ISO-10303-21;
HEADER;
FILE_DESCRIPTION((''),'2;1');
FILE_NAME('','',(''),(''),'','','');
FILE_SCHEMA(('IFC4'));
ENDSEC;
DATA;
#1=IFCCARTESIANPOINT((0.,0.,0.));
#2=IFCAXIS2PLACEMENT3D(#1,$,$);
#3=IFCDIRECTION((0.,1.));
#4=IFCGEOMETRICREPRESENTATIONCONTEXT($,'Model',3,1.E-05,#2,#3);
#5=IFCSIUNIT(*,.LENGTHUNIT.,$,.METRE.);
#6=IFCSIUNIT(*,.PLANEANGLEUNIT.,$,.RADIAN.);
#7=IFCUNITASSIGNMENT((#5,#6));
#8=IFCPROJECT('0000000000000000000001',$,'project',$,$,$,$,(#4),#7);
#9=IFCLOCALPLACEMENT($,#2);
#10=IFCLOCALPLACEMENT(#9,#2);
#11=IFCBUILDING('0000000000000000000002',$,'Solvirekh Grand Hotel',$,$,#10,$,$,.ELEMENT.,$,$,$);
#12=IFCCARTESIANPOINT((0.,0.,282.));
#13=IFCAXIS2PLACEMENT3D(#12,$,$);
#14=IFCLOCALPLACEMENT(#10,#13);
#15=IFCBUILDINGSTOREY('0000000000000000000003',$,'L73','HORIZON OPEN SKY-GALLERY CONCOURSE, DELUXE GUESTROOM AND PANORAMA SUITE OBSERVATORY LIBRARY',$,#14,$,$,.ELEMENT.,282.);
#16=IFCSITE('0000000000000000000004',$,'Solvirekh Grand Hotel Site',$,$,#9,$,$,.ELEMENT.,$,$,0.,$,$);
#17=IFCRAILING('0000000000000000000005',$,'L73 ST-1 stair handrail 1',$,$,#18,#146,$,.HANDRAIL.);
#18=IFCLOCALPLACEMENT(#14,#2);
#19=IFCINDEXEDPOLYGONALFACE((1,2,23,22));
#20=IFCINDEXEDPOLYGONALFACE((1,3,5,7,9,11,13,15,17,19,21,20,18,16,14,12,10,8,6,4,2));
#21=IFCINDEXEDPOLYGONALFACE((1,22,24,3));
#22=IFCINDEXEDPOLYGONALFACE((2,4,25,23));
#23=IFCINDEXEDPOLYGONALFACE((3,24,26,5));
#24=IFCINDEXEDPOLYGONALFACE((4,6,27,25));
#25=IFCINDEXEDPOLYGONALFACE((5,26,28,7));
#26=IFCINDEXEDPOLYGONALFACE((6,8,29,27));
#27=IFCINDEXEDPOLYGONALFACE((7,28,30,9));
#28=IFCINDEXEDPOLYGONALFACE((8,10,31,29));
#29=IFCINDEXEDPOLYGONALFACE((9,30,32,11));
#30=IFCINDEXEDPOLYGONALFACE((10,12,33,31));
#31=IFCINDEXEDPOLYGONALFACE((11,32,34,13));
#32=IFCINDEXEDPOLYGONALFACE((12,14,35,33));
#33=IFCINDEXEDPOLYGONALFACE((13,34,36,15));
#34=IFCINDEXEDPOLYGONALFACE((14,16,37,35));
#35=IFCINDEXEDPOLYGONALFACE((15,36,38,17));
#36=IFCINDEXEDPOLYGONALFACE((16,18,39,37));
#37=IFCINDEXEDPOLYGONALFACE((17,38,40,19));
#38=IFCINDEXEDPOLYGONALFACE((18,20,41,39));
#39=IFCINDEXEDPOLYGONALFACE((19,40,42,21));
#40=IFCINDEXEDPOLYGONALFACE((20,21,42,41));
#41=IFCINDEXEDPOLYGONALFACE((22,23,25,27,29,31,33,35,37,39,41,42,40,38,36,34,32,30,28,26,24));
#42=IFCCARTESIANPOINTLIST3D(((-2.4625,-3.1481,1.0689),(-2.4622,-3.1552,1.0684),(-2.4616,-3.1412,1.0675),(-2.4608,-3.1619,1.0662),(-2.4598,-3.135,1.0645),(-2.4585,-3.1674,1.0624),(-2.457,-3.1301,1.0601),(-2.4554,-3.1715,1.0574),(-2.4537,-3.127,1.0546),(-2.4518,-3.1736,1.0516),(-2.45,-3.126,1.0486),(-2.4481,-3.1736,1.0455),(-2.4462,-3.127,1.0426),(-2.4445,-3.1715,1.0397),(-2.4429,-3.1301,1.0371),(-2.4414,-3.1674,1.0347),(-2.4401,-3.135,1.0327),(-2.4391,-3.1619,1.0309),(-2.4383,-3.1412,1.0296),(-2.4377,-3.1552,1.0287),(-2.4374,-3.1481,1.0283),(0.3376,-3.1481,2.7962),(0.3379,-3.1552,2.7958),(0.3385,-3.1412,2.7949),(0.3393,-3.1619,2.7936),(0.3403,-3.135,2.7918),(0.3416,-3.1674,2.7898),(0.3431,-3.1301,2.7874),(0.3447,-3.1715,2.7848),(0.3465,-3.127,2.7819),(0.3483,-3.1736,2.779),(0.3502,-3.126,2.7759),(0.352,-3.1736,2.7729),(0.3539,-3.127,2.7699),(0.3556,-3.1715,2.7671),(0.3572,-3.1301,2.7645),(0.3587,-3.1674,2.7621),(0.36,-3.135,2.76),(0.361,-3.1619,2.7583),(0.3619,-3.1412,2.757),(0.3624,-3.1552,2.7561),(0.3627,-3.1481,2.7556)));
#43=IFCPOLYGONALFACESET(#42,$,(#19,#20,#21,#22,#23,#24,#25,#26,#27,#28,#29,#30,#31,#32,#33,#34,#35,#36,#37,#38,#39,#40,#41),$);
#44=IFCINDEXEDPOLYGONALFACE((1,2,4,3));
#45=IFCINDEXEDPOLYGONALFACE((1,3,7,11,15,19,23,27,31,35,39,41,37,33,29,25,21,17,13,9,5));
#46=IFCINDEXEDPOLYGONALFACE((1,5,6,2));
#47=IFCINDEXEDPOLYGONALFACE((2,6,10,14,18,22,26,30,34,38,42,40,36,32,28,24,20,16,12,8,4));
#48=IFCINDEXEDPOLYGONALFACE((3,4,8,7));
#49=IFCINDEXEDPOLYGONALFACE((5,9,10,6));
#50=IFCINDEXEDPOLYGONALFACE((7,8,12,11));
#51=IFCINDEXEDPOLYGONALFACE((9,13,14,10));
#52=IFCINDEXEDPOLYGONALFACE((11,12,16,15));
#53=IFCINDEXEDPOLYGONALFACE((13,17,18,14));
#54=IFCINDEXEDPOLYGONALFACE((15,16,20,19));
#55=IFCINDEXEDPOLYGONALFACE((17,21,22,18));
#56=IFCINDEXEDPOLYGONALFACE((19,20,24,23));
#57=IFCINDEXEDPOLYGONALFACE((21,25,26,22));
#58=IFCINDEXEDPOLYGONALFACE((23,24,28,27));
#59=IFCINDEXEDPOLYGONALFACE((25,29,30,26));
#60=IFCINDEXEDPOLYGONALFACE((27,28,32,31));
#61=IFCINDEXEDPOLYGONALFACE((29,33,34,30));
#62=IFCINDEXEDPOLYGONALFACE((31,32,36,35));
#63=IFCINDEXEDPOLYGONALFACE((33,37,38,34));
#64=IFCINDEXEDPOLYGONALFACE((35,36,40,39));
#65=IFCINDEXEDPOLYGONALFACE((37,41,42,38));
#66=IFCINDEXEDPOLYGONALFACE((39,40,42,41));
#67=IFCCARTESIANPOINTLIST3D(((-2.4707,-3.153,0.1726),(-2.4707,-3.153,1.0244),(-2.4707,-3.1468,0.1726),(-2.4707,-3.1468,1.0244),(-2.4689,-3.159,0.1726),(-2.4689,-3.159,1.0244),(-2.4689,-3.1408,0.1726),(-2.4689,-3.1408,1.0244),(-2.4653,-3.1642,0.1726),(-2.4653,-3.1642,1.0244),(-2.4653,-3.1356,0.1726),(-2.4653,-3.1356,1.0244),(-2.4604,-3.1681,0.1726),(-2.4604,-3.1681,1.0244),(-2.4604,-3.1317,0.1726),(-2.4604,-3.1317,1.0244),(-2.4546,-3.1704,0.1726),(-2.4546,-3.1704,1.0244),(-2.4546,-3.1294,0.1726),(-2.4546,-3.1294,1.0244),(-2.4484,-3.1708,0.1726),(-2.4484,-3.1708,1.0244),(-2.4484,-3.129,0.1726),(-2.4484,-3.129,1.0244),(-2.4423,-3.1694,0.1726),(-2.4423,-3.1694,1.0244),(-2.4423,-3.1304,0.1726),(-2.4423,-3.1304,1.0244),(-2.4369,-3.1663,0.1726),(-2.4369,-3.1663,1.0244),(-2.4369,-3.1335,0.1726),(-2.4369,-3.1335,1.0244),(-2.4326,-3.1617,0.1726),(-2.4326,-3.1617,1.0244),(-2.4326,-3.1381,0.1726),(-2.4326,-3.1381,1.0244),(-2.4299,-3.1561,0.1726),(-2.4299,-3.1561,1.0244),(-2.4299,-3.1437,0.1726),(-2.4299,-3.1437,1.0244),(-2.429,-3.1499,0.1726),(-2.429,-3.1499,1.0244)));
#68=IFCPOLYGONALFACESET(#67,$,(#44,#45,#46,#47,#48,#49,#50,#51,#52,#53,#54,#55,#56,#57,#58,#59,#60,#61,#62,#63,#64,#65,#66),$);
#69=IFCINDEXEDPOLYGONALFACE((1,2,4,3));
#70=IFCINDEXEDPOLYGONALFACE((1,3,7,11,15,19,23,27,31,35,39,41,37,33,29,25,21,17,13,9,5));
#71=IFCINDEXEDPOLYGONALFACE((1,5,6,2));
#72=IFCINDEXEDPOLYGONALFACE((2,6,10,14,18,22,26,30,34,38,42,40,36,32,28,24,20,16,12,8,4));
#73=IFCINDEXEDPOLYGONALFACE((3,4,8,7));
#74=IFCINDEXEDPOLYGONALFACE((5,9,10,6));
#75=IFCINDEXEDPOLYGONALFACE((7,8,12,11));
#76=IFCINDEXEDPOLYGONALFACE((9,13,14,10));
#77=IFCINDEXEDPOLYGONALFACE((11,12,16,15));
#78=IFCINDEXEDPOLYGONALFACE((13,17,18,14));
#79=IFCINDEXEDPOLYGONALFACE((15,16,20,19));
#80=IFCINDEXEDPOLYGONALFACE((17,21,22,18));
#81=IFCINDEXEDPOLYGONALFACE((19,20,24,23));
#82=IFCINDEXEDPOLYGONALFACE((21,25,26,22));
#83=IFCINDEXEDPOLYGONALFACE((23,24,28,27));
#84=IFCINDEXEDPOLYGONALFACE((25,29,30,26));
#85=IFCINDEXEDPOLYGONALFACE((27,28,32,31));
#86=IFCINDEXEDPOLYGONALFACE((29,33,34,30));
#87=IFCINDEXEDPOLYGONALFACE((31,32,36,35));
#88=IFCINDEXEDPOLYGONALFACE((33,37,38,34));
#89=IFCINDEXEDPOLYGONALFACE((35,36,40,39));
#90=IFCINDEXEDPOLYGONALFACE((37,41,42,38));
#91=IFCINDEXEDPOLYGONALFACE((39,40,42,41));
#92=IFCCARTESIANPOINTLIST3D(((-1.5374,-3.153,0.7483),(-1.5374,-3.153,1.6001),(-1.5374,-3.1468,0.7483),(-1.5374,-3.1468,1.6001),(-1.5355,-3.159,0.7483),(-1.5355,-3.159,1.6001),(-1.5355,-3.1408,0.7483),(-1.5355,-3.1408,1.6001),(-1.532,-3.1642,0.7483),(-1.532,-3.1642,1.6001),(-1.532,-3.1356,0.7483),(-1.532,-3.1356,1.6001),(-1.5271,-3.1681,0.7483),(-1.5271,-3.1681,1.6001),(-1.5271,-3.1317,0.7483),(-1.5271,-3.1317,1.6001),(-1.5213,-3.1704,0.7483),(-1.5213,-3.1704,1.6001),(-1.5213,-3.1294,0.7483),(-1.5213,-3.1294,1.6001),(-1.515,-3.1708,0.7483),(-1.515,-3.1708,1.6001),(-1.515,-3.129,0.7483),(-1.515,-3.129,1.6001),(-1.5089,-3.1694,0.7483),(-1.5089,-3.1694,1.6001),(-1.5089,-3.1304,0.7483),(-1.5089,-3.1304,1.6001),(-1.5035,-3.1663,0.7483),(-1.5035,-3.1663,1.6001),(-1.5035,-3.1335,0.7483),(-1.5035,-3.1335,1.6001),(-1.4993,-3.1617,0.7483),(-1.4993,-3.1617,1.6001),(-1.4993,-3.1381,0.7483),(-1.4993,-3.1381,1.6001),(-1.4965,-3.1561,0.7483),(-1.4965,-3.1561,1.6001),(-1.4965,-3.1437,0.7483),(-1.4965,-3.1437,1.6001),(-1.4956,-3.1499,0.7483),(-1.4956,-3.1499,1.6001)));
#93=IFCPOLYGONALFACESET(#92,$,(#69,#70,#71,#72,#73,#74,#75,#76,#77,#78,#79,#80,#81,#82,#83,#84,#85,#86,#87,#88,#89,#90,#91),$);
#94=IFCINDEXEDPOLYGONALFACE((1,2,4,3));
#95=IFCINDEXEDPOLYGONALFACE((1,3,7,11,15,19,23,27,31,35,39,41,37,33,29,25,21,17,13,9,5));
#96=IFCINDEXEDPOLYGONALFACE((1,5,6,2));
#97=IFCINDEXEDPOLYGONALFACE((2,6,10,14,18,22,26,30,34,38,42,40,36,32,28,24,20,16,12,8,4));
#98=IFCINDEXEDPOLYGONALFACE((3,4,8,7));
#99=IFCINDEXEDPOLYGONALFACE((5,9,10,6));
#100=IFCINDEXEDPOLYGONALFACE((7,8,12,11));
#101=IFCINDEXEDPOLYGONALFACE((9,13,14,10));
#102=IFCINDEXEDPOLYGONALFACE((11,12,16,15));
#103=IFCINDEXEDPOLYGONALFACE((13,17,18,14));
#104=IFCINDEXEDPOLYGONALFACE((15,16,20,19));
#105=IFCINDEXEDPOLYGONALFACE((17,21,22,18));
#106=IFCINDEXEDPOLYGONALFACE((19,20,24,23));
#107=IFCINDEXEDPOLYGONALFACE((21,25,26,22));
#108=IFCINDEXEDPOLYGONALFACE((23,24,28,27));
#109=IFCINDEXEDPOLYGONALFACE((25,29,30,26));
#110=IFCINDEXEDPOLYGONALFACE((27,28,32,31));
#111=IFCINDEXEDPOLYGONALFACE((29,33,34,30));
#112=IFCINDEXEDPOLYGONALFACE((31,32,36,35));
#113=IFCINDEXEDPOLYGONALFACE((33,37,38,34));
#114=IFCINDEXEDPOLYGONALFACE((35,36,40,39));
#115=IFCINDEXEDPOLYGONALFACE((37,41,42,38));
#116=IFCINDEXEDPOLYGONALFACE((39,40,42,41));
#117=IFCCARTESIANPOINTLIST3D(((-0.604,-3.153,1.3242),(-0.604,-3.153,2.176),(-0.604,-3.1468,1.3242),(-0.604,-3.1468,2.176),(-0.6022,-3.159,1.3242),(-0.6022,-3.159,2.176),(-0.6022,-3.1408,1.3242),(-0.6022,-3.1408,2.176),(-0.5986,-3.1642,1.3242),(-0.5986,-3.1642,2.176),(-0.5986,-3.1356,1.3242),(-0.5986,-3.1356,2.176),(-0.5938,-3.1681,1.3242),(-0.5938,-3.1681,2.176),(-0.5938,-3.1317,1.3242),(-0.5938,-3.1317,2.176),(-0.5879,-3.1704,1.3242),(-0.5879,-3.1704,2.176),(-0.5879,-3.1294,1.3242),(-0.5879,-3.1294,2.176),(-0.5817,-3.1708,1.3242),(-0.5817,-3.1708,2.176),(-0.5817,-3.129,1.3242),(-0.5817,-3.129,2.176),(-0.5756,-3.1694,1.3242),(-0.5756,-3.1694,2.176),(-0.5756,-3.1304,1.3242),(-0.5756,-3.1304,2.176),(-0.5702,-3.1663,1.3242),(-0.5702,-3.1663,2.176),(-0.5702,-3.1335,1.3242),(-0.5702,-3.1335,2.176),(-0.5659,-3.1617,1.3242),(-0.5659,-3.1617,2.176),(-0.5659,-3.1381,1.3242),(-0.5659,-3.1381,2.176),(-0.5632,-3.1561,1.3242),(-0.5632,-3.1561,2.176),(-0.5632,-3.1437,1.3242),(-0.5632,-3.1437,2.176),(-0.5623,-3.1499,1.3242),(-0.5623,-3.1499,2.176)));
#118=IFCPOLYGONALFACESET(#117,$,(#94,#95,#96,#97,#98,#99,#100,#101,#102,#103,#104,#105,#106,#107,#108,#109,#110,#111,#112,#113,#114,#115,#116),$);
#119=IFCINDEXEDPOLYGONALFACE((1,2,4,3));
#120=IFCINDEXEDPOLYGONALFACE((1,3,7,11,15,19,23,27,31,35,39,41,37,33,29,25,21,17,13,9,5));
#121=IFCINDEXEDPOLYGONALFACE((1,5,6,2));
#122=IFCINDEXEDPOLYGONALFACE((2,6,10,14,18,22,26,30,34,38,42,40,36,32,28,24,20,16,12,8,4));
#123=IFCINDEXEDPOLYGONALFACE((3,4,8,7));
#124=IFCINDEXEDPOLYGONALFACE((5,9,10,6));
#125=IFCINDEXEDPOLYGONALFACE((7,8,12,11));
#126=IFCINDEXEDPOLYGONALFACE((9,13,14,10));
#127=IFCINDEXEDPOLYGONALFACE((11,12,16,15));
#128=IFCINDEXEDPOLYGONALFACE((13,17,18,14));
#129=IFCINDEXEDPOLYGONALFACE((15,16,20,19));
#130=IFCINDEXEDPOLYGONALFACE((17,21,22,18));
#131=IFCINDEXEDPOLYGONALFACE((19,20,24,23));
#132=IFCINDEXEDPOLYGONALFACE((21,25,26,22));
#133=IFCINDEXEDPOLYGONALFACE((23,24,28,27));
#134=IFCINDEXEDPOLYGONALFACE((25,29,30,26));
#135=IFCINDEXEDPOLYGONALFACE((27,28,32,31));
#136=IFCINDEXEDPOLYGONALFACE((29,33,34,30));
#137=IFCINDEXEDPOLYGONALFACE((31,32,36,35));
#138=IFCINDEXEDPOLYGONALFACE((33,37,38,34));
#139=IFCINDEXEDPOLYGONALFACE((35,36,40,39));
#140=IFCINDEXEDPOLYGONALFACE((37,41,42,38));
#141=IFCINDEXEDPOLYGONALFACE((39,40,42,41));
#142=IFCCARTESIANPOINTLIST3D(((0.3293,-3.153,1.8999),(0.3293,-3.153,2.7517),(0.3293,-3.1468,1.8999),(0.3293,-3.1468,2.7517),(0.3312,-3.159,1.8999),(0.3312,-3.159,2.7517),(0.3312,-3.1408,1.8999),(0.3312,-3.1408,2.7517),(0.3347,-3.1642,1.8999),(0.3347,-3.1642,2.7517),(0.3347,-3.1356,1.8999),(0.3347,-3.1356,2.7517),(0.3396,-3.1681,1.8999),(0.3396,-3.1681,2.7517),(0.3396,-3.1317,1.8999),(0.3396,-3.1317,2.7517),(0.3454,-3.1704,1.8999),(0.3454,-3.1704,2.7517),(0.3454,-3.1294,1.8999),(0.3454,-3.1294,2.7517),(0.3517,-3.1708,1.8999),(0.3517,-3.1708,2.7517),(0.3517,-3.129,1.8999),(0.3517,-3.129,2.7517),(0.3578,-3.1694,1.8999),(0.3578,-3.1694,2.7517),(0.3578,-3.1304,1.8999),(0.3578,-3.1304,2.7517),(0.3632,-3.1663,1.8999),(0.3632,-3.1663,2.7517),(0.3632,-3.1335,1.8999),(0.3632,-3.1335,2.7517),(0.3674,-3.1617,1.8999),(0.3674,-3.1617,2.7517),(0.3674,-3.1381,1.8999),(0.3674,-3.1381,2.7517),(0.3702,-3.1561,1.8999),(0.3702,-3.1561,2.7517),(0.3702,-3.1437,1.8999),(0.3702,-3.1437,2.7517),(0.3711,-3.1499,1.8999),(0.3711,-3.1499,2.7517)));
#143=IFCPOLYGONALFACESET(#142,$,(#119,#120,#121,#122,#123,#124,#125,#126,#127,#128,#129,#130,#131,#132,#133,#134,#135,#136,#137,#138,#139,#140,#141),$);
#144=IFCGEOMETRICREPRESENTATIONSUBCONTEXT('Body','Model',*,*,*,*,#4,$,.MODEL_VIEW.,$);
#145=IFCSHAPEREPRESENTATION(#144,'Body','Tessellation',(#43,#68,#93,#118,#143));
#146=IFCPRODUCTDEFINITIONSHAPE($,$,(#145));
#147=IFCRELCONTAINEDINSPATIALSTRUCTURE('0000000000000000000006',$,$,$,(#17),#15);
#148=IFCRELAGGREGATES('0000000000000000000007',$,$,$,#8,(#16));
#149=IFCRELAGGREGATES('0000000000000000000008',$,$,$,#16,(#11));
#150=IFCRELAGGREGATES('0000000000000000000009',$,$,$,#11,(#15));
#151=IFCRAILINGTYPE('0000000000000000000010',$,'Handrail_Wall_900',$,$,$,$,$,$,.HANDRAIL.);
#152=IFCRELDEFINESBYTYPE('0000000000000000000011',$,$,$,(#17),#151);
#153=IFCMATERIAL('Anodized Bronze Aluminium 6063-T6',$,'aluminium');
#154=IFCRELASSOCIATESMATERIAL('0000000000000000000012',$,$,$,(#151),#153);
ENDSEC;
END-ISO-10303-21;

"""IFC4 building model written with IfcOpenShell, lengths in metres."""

from ifc_helpers import new_model, si_unit, direction, frame, origin, origin_2d, place, context, subcontext, project, spatial, circle, extrude, material, type_object, element, save


model = new_model("IFC4")

# Units and contexts
model_context = context("Model", 3, precision=1e-05, world=origin(), true_north=direction((0.0, 1.0)))
body_context = subcontext(model_context, "Body", "Model", "MODEL_VIEW")
ifc_project = project(units=[si_unit("LENGTHUNIT", "METRE"), si_unit("PLANEANGLEUNIT", "RADIAN")], contexts=[model_context])

# Site, building, storey
site_placement = place(None, origin())
site = spatial("IfcSite", under=ifc_project, at=site_placement, Name="Solvirekh Grand Hotel Site", CompositionType="ELEMENT", RefElevation=0.0)
building_placement = place(site_placement, origin())
building = spatial("IfcBuilding", under=site, at=building_placement, Name="Solvirekh Grand Hotel", CompositionType="ELEMENT")
storey_placement = place(building_placement, frame((0.0, 0.0, 282.0)))
storey = spatial("IfcBuildingStorey", under=building, at=storey_placement, Name="L73", Description="HORIZON OPEN SKY-GALLERY CONCOURSE, DELUXE GUESTROOM AND PANORAMA SUITE OBSERVATORY LIBRARY", CompositionType="ELEMENT", Elevation=282.0)

# Shared definitions
ifc_material_1 = material(Name="Anodized Bronze Aluminium 6063-T6", Category="aluminium")

# Railing
railing_type_1 = type_object("IfcRailingType", Name="Handrail_Wall_900", PredefinedType="HANDRAIL", material=ifc_material_1)
railing_1_placement = place(storey_placement, frame((-2.45, -3.1499, 0.1726)))
element("IfcRailing", 1, at=railing_1_placement, inside=storey, type_object=railing_type_1, Name="L73 ST-1 stair handrail 1", PredefinedType="HANDRAIL", context=body_context, shape_type="SweptSolid", body=[
    extrude(circle(Radius=0.0239, at=origin_2d()), frame((0.0, 0.0, 0.876), z_axis=(0.85109, 0.0, 0.52502), x_axis=(0.0, 1.0, 0.0)), (0.0, 0.0, 1.0), 3.29),
    extrude(circle(Radius=0.021, at=origin_2d()), origin(), (0.0, 0.0, 1.0), 0.8518),
    extrude(circle(Radius=0.021, at=origin_2d()), frame((0.9333, 0.0, 0.5757)), (0.0, 0.0, 1.0), 0.8518),
    extrude(circle(Radius=0.021, at=origin_2d()), frame((1.8667, 0.0, 1.1516)), (0.0, 0.0, 1.0), 0.8518),
    extrude(circle(Radius=0.021, at=origin_2d()), frame((2.8, 0.0, 1.7273)), (0.0, 0.0, 1.0), 0.8518),
])

save(model, "model.ifc")
